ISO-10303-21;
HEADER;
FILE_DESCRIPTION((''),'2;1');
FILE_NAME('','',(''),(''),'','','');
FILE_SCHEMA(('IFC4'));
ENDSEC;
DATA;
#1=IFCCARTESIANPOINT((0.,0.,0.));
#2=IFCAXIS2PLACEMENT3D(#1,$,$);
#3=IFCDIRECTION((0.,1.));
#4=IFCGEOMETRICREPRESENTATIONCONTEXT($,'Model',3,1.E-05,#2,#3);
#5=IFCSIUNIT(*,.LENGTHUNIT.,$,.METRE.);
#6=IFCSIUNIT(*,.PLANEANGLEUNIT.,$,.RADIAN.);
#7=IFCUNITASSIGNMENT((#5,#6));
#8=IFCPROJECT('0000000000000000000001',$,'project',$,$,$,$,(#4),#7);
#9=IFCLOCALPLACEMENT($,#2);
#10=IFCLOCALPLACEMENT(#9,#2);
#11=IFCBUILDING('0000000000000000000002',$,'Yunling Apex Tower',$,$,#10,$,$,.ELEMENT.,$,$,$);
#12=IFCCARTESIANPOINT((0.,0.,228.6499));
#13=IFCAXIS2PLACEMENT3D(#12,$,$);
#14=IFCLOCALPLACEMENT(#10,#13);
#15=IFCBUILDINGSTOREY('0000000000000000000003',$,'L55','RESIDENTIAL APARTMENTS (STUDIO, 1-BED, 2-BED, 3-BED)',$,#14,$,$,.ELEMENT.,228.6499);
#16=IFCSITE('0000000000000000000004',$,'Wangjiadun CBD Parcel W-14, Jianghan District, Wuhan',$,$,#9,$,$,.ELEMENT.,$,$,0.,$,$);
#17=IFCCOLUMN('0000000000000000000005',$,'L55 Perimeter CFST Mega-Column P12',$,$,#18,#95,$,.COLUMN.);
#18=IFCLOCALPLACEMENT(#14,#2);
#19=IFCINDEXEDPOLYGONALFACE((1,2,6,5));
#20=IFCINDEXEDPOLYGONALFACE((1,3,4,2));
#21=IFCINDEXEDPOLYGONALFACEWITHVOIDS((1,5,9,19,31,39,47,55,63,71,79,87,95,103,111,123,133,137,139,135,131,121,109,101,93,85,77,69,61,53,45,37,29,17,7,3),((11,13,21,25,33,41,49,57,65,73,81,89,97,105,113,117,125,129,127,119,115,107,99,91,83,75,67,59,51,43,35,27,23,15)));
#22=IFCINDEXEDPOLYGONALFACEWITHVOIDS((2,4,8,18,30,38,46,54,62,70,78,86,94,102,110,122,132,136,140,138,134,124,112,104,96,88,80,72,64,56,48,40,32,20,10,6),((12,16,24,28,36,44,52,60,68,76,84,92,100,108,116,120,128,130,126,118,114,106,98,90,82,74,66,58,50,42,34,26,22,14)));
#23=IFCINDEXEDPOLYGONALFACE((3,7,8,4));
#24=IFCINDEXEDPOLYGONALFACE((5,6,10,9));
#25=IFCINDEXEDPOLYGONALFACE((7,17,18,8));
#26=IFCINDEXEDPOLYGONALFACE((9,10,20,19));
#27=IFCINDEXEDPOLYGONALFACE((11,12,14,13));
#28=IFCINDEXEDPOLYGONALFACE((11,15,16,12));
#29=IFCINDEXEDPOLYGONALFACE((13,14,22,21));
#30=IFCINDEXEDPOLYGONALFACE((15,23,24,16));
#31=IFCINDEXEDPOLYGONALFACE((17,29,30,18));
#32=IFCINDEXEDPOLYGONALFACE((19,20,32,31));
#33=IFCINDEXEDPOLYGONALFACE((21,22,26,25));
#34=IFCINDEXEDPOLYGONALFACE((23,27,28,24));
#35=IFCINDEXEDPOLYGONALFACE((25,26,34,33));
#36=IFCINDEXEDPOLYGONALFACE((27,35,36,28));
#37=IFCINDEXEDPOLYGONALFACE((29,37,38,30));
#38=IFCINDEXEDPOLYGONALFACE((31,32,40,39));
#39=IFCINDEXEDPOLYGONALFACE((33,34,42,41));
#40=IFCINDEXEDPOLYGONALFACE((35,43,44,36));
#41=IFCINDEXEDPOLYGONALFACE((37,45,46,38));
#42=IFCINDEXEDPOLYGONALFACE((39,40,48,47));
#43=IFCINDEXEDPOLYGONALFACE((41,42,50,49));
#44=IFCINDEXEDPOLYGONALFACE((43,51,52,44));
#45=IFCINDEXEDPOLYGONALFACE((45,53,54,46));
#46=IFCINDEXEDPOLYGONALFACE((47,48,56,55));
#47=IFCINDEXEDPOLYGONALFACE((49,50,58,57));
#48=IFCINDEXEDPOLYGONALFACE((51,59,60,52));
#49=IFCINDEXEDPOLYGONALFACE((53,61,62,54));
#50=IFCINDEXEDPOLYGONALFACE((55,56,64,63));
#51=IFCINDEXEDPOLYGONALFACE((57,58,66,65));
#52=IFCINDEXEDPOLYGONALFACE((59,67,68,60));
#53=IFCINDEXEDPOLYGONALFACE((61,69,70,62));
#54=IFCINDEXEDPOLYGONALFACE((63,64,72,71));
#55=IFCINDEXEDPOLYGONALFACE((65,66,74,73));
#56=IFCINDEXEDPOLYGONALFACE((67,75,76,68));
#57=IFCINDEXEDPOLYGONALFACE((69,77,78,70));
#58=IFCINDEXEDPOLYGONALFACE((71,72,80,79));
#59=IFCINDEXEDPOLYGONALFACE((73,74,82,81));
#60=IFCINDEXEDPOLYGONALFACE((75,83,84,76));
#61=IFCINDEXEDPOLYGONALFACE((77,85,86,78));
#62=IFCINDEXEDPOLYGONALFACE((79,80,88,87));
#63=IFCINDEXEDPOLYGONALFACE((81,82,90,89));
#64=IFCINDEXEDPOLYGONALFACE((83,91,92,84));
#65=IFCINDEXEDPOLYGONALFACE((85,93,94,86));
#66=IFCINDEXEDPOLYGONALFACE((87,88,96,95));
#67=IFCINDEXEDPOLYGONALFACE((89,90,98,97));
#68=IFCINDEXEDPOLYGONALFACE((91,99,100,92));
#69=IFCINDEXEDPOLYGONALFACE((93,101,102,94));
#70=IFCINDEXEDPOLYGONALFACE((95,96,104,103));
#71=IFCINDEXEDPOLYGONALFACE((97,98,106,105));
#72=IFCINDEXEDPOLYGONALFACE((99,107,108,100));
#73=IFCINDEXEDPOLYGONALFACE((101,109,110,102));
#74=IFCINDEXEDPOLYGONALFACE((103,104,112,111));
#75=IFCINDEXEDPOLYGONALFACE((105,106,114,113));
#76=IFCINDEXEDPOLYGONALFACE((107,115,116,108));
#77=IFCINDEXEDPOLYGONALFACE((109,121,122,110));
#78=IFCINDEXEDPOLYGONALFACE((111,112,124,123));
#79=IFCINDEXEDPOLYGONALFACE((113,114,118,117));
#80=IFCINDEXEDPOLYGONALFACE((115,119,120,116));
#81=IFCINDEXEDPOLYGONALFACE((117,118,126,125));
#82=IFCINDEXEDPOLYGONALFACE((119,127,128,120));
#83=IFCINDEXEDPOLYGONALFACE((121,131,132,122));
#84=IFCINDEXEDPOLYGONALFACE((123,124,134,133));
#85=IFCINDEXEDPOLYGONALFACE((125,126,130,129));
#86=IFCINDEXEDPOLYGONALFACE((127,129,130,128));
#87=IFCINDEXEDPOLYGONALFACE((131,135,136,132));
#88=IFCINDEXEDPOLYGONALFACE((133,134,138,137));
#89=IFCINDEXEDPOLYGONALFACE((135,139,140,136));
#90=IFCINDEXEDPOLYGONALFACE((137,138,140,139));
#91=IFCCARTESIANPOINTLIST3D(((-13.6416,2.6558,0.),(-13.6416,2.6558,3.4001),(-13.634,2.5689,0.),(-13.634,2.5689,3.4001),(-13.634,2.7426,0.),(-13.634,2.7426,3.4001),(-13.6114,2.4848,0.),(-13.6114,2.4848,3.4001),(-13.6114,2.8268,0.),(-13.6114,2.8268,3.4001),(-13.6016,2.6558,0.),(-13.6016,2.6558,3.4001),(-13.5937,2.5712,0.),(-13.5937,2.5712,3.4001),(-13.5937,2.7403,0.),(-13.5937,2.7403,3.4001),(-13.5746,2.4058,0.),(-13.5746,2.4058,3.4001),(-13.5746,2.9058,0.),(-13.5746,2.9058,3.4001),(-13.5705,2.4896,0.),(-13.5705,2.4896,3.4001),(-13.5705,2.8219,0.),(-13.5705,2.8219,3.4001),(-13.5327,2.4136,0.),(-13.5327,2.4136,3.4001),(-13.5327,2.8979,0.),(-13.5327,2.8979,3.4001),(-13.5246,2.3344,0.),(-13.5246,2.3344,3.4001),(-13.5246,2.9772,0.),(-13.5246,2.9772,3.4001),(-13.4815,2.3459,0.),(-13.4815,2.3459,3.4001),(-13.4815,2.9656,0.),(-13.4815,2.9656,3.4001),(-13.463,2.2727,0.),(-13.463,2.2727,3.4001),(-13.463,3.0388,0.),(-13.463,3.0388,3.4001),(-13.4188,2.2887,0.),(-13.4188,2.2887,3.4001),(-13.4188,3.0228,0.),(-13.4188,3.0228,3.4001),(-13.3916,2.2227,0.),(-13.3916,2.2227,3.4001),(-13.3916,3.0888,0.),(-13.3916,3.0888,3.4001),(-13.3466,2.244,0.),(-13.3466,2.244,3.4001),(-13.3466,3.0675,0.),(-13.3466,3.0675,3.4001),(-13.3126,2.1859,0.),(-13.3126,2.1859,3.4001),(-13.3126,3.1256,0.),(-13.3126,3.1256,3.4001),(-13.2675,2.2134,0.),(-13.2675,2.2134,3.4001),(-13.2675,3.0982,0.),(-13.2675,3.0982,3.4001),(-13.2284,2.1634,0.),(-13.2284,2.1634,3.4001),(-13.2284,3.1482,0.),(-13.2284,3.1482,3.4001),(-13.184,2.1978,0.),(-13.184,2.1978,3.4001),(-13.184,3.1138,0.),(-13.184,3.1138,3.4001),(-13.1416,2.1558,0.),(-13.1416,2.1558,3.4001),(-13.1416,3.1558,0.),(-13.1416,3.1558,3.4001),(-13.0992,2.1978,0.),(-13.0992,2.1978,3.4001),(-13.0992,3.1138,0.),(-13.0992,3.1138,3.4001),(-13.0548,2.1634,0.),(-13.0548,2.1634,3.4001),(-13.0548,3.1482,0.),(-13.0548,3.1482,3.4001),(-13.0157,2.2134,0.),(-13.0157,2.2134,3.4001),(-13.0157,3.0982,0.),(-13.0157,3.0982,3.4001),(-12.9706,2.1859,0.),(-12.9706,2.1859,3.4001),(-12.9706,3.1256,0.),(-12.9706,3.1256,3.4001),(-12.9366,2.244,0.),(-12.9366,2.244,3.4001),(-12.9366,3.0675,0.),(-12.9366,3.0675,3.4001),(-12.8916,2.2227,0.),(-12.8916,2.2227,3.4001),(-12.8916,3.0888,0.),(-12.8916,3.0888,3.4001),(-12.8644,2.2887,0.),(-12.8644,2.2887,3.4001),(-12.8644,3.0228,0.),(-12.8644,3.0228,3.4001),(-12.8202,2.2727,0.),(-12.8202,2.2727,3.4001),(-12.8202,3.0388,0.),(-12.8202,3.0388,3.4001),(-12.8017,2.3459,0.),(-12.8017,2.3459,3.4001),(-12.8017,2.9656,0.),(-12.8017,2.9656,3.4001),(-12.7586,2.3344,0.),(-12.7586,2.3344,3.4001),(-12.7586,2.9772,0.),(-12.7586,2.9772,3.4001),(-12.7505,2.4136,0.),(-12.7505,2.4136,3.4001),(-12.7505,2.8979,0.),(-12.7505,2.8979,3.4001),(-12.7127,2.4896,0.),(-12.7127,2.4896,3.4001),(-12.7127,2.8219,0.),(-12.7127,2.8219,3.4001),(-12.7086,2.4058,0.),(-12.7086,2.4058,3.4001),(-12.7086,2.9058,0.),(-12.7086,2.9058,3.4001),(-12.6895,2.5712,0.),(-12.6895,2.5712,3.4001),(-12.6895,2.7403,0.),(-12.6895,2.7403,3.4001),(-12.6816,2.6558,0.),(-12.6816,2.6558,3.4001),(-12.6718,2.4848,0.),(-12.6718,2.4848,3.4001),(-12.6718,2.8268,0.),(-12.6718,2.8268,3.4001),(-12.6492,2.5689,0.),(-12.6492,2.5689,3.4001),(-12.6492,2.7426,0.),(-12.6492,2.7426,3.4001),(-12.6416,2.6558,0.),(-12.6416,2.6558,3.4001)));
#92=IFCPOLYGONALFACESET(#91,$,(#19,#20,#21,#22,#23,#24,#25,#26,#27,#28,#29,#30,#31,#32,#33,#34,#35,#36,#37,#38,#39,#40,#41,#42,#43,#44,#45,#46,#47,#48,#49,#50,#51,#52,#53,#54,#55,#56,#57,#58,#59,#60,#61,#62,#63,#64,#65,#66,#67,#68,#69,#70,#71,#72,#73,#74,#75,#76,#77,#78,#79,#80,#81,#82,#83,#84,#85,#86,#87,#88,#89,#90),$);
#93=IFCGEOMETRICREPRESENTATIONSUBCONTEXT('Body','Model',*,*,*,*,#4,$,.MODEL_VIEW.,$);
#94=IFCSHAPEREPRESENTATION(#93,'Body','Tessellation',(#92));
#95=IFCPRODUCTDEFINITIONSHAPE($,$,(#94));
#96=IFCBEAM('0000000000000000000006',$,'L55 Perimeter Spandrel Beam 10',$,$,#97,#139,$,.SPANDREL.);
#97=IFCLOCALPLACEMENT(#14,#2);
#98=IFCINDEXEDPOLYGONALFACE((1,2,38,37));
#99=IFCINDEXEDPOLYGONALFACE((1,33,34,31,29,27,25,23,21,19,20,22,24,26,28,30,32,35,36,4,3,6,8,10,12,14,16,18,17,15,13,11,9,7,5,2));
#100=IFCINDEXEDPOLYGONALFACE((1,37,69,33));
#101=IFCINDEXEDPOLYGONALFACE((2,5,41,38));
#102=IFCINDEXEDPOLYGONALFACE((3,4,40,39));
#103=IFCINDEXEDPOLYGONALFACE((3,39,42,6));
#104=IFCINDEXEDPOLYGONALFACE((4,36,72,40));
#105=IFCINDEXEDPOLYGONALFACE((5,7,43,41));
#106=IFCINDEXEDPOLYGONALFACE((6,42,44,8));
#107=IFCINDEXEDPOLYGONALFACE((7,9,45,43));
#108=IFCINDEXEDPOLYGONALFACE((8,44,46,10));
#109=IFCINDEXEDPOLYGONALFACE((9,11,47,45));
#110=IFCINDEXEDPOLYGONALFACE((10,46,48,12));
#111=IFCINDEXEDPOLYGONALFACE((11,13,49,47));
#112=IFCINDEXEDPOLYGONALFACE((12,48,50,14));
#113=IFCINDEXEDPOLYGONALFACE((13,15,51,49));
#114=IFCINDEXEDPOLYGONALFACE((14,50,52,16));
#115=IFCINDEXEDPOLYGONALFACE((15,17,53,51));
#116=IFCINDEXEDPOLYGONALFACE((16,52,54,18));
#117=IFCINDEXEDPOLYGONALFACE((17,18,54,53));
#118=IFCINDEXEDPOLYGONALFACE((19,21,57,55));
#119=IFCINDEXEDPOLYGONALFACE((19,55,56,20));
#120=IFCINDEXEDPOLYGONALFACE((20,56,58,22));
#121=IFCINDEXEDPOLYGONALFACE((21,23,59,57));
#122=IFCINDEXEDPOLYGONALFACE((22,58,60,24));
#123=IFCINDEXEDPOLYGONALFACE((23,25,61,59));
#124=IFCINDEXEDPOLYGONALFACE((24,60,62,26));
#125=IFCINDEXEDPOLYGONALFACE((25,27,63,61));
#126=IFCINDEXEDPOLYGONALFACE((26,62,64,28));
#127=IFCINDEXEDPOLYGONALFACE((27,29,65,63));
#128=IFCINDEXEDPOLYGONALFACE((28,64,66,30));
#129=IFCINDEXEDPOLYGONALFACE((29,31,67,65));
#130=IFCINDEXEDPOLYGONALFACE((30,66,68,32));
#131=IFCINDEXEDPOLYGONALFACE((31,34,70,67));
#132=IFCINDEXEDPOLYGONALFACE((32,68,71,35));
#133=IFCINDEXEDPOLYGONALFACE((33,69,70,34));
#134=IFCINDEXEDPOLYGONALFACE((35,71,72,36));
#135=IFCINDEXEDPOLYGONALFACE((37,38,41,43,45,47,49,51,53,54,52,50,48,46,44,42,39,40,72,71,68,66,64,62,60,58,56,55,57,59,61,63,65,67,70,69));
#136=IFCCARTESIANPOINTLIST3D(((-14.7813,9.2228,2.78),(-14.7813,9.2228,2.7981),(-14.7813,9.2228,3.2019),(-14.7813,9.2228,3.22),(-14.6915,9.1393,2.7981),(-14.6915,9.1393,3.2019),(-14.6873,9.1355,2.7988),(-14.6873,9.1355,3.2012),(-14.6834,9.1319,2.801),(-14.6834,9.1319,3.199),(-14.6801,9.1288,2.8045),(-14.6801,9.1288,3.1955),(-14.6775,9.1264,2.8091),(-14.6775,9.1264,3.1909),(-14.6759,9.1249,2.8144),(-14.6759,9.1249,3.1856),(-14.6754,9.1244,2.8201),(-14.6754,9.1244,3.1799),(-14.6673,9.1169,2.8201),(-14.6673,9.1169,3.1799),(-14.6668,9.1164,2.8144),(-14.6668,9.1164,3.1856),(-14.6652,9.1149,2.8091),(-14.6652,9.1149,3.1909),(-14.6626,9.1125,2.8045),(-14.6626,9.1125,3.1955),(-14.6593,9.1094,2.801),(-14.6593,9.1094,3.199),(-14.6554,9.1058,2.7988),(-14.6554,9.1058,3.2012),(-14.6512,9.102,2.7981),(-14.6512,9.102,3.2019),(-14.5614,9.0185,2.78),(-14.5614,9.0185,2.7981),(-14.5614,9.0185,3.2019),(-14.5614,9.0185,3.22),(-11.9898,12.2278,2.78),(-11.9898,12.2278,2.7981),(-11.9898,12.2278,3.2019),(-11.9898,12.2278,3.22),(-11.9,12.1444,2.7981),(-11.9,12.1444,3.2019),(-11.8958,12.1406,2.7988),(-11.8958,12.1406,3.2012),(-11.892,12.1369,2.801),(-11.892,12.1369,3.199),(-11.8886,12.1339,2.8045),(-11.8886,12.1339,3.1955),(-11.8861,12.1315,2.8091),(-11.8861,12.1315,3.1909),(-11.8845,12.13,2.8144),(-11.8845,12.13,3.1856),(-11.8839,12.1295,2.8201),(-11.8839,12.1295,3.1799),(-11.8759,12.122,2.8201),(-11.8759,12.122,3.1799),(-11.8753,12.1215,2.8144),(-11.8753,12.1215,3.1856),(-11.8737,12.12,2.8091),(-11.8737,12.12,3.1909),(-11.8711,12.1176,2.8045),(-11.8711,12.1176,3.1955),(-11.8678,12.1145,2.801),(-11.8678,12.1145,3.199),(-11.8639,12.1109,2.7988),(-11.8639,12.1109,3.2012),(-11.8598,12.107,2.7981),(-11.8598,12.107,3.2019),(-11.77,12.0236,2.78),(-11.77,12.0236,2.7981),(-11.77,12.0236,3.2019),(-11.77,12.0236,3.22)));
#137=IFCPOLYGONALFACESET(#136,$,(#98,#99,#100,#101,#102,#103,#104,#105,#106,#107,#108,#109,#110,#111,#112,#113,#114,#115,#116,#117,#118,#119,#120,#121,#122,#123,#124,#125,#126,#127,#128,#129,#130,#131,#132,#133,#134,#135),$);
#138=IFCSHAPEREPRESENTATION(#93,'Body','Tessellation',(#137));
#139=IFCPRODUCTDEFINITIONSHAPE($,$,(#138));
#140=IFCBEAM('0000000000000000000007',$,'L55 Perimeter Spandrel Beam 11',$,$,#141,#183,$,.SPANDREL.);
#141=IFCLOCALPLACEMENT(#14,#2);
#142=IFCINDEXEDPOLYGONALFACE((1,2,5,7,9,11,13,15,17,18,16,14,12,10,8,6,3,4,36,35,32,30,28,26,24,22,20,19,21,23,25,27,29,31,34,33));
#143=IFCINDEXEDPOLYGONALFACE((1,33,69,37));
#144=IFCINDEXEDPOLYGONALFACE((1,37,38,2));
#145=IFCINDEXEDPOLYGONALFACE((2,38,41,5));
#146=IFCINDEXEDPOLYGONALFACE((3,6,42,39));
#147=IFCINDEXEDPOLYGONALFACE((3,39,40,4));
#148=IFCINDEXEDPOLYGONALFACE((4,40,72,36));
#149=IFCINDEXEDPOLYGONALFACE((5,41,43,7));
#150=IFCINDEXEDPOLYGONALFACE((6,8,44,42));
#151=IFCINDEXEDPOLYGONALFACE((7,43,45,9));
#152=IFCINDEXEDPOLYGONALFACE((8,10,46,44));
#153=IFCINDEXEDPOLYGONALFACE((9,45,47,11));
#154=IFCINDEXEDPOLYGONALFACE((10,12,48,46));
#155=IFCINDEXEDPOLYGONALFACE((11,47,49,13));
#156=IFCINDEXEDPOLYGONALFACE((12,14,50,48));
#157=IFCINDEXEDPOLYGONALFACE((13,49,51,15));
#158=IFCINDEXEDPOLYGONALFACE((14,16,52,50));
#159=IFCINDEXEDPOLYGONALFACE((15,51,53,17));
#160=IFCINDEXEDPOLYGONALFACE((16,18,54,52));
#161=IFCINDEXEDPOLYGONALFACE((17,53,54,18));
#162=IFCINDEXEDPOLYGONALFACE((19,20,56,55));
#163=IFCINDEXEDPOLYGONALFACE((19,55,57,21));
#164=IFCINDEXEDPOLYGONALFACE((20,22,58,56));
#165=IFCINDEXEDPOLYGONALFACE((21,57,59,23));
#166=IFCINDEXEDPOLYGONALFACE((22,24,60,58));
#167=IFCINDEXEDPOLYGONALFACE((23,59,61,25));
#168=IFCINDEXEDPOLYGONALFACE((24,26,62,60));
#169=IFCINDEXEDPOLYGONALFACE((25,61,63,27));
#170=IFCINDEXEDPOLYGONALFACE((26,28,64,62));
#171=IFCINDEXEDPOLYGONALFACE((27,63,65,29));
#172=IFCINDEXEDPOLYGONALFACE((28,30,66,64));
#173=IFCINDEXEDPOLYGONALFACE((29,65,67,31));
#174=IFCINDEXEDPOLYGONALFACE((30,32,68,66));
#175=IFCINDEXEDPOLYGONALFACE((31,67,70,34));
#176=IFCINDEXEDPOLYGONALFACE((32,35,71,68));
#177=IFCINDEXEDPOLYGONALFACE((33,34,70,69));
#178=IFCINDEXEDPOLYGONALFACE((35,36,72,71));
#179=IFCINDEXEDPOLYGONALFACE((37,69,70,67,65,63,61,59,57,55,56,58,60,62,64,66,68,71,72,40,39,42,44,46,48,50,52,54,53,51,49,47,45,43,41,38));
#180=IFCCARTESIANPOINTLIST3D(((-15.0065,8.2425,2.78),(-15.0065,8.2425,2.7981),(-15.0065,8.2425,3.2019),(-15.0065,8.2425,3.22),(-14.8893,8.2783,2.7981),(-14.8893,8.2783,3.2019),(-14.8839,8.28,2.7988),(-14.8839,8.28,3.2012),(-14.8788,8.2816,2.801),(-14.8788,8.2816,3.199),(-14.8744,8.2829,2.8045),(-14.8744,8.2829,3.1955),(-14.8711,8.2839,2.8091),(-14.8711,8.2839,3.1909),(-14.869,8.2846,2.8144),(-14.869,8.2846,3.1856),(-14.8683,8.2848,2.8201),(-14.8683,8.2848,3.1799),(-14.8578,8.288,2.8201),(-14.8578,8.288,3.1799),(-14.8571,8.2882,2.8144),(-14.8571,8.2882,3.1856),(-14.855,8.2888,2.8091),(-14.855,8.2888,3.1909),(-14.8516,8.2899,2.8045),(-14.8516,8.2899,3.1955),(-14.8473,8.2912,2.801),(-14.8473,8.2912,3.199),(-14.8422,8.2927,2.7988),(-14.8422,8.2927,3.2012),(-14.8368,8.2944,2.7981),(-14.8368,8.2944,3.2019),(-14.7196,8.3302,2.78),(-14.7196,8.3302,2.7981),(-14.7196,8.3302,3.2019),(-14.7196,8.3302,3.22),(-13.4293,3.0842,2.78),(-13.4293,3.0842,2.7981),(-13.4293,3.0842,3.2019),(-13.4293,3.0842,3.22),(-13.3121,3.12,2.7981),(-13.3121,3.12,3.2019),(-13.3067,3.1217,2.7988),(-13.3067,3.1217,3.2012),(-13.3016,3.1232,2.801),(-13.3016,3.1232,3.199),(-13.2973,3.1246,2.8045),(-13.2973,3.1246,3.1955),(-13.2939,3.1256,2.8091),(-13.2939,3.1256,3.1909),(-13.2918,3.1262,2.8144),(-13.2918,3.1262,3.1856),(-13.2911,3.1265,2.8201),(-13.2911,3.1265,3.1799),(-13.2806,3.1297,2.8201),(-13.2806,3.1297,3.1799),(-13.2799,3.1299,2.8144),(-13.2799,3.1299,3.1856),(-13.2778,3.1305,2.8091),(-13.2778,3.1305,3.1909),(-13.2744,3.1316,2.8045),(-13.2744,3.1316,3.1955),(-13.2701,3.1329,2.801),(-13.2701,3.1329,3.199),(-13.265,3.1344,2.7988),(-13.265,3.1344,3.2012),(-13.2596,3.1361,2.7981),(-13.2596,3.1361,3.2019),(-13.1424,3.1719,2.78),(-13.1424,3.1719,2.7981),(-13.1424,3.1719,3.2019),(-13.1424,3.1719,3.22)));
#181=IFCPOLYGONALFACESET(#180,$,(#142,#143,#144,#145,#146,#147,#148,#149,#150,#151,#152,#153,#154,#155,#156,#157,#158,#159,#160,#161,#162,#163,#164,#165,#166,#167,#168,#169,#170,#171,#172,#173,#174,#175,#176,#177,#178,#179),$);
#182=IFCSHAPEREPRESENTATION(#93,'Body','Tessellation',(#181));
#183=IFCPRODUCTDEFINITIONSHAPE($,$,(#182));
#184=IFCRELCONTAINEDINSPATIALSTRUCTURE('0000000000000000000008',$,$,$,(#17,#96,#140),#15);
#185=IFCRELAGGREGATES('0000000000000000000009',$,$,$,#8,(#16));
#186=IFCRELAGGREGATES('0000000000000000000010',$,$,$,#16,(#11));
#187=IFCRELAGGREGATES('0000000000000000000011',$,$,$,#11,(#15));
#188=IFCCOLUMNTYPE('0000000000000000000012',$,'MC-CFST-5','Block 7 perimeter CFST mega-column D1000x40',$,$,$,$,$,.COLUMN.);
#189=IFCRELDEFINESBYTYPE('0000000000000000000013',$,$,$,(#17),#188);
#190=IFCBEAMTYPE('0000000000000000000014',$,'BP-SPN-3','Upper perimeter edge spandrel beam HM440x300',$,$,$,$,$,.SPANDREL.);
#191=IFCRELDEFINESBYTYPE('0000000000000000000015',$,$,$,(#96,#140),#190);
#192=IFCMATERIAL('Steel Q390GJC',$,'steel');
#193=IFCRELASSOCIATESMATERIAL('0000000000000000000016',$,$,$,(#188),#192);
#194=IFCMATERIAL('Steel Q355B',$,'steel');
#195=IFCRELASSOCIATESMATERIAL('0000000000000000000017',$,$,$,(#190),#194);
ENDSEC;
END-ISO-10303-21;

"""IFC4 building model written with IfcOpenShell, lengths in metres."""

from ifc_helpers import new_model, si_unit, direction, frame, origin, origin_2d, place, context, subcontext, project, spatial, hollow_circle, i_section, extrude, source, transform, mapped, material, material_profile, profile_set, type_object, element, save


model = new_model("IFC4")

# Units and contexts
model_context = context("Model", 3, precision=1e-05, world=origin(), true_north=direction((0.0, 1.0)))
body_context = subcontext(model_context, "Body", "Model", "MODEL_VIEW")
ifc_project = project(units=[si_unit("LENGTHUNIT", "METRE"), si_unit("PLANEANGLEUNIT", "RADIAN")], contexts=[model_context])

# Site, building, storey
site_placement = place(None, origin())
site = spatial("IfcSite", under=ifc_project, at=site_placement, Name="Wangjiadun CBD Parcel W-14, Jianghan District, Wuhan", CompositionType="ELEMENT", RefElevation=0.0)
building_placement = place(site_placement, origin())
building = spatial("IfcBuilding", under=site, at=building_placement, Name="Yunling Apex Tower", CompositionType="ELEMENT")
storey_placement = place(building_placement, frame((0.0, 0.0, 228.6499)))
storey = spatial("IfcBuildingStorey", under=building, at=storey_placement, Name="L55", Description="RESIDENTIAL APARTMENTS (STUDIO, 1-BED, 2-BED, 3-BED)", CompositionType="ELEMENT", Elevation=228.6499)

# Column
ifc_material_1 = material(Name="Steel Q390GJC", Category="steel")
ifc_material_profile_1 = material_profile(ifc_material_1, hollow_circle(Radius=0.5, WallThickness=0.04, at=origin_2d()))
ifc_profile_set_1 = profile_set([ifc_material_profile_1], Name="Steel Q390GJC")
column_type = type_object("IfcColumnType", Name="MC-CFST-5", Description="Block 7 perimeter CFST mega-column D1000x40", PredefinedType="COLUMN", material=ifc_profile_set_1)
shared_shape_1 = source(origin(), body_context, "Body", "SweptSolid", [
    extrude(hollow_circle(Radius=0.5, WallThickness=0.04, at=origin_2d()), origin(), (0.0, 0.0, 1.0), 3.4001),
])
for number, where, z_axis, x_axis, name in (
    (1, (-13.1416, 2.6558, 0.0), (0.0, 0.0, 1.0), (1.0, 0.0, 0.0), "L55 Perimeter CFST Mega-Column P12"),
):
    element("IfcColumn", number, at=place(storey_placement, frame(where, z_axis=z_axis, x_axis=x_axis)), inside=storey, type_object=column_type, Name=name, PredefinedType="COLUMN", context=body_context, shape_type="MappedRepresentation", body=[
        mapped(shared_shape_1, transform((0.0, 0.0, 0.0), scale=1.0)),
    ])

# Beams
ifc_material_2 = material(Name="Steel Q355B", Category="steel")
ifc_material_profile_2 = material_profile(ifc_material_2, i_section(OverallWidth=0.3, OverallDepth=0.4399, WebThickness=0.011, FlangeThickness=0.0181, FilletRadius=0.022, at=origin_2d()))
ifc_profile_set_2 = profile_set([ifc_material_profile_2], Name="Steel Q355B")
beam_type_1 = type_object("IfcBeamType", Name="BP-SPN-3", Description="Upper perimeter edge spandrel beam HM440x300", PredefinedType="SPANDREL", material=ifc_profile_set_2)
shared_shape_2 = source(origin(), body_context, "Body", "SweptSolid", [
    extrude(i_section(OverallWidth=0.3, OverallDepth=0.4399, WebThickness=0.011, FlangeThickness=0.0181, FilletRadius=0.022, at=origin_2d()), origin(), (0.0, 0.0, 1.0), 4.1016),
])
beam_1_placement = place(storey_placement, frame((-11.8799, 12.1257, 3.0), z_axis=(-0.680586, -0.732668, 0.0), x_axis=(0.732668, -0.680586, 0.0)))
element("IfcBeam", 2, at=beam_1_placement, inside=storey, type_object=beam_type_1, Name="L55 Perimeter Spandrel Beam 10", PredefinedType="SPANDREL", context=body_context, shape_type="MappedRepresentation", body=[
    mapped(shared_shape_2, transform((0.0, 0.0, 0.0), scale=1.0)),
])
shared_shape_3 = source(origin(), body_context, "Body", "SweptSolid", [
    extrude(i_section(OverallWidth=0.3, OverallDepth=0.4399, WebThickness=0.011, FlangeThickness=0.0181, FilletRadius=0.022, at=origin_2d()), origin(), (0.0, 0.0, 1.0), 5.394),
])
for number, where, z_axis, x_axis, name in (
    (3, (-14.863, 8.2864, 3.0), (0.292393, -0.956298, 0.0), (0.956298, 0.292393, 0.0), "L55 Perimeter Spandrel Beam 11"),
):
    element("IfcBeam", number, at=place(storey_placement, frame(where, z_axis=z_axis, x_axis=x_axis)), inside=storey, type_object=beam_type_1, Name=name, PredefinedType="SPANDREL", context=body_context, shape_type="MappedRepresentation", body=[
        mapped(shared_shape_3, transform((0.0, 0.0, 0.0), scale=1.0)),
    ])

save(model, "model.ifc")
